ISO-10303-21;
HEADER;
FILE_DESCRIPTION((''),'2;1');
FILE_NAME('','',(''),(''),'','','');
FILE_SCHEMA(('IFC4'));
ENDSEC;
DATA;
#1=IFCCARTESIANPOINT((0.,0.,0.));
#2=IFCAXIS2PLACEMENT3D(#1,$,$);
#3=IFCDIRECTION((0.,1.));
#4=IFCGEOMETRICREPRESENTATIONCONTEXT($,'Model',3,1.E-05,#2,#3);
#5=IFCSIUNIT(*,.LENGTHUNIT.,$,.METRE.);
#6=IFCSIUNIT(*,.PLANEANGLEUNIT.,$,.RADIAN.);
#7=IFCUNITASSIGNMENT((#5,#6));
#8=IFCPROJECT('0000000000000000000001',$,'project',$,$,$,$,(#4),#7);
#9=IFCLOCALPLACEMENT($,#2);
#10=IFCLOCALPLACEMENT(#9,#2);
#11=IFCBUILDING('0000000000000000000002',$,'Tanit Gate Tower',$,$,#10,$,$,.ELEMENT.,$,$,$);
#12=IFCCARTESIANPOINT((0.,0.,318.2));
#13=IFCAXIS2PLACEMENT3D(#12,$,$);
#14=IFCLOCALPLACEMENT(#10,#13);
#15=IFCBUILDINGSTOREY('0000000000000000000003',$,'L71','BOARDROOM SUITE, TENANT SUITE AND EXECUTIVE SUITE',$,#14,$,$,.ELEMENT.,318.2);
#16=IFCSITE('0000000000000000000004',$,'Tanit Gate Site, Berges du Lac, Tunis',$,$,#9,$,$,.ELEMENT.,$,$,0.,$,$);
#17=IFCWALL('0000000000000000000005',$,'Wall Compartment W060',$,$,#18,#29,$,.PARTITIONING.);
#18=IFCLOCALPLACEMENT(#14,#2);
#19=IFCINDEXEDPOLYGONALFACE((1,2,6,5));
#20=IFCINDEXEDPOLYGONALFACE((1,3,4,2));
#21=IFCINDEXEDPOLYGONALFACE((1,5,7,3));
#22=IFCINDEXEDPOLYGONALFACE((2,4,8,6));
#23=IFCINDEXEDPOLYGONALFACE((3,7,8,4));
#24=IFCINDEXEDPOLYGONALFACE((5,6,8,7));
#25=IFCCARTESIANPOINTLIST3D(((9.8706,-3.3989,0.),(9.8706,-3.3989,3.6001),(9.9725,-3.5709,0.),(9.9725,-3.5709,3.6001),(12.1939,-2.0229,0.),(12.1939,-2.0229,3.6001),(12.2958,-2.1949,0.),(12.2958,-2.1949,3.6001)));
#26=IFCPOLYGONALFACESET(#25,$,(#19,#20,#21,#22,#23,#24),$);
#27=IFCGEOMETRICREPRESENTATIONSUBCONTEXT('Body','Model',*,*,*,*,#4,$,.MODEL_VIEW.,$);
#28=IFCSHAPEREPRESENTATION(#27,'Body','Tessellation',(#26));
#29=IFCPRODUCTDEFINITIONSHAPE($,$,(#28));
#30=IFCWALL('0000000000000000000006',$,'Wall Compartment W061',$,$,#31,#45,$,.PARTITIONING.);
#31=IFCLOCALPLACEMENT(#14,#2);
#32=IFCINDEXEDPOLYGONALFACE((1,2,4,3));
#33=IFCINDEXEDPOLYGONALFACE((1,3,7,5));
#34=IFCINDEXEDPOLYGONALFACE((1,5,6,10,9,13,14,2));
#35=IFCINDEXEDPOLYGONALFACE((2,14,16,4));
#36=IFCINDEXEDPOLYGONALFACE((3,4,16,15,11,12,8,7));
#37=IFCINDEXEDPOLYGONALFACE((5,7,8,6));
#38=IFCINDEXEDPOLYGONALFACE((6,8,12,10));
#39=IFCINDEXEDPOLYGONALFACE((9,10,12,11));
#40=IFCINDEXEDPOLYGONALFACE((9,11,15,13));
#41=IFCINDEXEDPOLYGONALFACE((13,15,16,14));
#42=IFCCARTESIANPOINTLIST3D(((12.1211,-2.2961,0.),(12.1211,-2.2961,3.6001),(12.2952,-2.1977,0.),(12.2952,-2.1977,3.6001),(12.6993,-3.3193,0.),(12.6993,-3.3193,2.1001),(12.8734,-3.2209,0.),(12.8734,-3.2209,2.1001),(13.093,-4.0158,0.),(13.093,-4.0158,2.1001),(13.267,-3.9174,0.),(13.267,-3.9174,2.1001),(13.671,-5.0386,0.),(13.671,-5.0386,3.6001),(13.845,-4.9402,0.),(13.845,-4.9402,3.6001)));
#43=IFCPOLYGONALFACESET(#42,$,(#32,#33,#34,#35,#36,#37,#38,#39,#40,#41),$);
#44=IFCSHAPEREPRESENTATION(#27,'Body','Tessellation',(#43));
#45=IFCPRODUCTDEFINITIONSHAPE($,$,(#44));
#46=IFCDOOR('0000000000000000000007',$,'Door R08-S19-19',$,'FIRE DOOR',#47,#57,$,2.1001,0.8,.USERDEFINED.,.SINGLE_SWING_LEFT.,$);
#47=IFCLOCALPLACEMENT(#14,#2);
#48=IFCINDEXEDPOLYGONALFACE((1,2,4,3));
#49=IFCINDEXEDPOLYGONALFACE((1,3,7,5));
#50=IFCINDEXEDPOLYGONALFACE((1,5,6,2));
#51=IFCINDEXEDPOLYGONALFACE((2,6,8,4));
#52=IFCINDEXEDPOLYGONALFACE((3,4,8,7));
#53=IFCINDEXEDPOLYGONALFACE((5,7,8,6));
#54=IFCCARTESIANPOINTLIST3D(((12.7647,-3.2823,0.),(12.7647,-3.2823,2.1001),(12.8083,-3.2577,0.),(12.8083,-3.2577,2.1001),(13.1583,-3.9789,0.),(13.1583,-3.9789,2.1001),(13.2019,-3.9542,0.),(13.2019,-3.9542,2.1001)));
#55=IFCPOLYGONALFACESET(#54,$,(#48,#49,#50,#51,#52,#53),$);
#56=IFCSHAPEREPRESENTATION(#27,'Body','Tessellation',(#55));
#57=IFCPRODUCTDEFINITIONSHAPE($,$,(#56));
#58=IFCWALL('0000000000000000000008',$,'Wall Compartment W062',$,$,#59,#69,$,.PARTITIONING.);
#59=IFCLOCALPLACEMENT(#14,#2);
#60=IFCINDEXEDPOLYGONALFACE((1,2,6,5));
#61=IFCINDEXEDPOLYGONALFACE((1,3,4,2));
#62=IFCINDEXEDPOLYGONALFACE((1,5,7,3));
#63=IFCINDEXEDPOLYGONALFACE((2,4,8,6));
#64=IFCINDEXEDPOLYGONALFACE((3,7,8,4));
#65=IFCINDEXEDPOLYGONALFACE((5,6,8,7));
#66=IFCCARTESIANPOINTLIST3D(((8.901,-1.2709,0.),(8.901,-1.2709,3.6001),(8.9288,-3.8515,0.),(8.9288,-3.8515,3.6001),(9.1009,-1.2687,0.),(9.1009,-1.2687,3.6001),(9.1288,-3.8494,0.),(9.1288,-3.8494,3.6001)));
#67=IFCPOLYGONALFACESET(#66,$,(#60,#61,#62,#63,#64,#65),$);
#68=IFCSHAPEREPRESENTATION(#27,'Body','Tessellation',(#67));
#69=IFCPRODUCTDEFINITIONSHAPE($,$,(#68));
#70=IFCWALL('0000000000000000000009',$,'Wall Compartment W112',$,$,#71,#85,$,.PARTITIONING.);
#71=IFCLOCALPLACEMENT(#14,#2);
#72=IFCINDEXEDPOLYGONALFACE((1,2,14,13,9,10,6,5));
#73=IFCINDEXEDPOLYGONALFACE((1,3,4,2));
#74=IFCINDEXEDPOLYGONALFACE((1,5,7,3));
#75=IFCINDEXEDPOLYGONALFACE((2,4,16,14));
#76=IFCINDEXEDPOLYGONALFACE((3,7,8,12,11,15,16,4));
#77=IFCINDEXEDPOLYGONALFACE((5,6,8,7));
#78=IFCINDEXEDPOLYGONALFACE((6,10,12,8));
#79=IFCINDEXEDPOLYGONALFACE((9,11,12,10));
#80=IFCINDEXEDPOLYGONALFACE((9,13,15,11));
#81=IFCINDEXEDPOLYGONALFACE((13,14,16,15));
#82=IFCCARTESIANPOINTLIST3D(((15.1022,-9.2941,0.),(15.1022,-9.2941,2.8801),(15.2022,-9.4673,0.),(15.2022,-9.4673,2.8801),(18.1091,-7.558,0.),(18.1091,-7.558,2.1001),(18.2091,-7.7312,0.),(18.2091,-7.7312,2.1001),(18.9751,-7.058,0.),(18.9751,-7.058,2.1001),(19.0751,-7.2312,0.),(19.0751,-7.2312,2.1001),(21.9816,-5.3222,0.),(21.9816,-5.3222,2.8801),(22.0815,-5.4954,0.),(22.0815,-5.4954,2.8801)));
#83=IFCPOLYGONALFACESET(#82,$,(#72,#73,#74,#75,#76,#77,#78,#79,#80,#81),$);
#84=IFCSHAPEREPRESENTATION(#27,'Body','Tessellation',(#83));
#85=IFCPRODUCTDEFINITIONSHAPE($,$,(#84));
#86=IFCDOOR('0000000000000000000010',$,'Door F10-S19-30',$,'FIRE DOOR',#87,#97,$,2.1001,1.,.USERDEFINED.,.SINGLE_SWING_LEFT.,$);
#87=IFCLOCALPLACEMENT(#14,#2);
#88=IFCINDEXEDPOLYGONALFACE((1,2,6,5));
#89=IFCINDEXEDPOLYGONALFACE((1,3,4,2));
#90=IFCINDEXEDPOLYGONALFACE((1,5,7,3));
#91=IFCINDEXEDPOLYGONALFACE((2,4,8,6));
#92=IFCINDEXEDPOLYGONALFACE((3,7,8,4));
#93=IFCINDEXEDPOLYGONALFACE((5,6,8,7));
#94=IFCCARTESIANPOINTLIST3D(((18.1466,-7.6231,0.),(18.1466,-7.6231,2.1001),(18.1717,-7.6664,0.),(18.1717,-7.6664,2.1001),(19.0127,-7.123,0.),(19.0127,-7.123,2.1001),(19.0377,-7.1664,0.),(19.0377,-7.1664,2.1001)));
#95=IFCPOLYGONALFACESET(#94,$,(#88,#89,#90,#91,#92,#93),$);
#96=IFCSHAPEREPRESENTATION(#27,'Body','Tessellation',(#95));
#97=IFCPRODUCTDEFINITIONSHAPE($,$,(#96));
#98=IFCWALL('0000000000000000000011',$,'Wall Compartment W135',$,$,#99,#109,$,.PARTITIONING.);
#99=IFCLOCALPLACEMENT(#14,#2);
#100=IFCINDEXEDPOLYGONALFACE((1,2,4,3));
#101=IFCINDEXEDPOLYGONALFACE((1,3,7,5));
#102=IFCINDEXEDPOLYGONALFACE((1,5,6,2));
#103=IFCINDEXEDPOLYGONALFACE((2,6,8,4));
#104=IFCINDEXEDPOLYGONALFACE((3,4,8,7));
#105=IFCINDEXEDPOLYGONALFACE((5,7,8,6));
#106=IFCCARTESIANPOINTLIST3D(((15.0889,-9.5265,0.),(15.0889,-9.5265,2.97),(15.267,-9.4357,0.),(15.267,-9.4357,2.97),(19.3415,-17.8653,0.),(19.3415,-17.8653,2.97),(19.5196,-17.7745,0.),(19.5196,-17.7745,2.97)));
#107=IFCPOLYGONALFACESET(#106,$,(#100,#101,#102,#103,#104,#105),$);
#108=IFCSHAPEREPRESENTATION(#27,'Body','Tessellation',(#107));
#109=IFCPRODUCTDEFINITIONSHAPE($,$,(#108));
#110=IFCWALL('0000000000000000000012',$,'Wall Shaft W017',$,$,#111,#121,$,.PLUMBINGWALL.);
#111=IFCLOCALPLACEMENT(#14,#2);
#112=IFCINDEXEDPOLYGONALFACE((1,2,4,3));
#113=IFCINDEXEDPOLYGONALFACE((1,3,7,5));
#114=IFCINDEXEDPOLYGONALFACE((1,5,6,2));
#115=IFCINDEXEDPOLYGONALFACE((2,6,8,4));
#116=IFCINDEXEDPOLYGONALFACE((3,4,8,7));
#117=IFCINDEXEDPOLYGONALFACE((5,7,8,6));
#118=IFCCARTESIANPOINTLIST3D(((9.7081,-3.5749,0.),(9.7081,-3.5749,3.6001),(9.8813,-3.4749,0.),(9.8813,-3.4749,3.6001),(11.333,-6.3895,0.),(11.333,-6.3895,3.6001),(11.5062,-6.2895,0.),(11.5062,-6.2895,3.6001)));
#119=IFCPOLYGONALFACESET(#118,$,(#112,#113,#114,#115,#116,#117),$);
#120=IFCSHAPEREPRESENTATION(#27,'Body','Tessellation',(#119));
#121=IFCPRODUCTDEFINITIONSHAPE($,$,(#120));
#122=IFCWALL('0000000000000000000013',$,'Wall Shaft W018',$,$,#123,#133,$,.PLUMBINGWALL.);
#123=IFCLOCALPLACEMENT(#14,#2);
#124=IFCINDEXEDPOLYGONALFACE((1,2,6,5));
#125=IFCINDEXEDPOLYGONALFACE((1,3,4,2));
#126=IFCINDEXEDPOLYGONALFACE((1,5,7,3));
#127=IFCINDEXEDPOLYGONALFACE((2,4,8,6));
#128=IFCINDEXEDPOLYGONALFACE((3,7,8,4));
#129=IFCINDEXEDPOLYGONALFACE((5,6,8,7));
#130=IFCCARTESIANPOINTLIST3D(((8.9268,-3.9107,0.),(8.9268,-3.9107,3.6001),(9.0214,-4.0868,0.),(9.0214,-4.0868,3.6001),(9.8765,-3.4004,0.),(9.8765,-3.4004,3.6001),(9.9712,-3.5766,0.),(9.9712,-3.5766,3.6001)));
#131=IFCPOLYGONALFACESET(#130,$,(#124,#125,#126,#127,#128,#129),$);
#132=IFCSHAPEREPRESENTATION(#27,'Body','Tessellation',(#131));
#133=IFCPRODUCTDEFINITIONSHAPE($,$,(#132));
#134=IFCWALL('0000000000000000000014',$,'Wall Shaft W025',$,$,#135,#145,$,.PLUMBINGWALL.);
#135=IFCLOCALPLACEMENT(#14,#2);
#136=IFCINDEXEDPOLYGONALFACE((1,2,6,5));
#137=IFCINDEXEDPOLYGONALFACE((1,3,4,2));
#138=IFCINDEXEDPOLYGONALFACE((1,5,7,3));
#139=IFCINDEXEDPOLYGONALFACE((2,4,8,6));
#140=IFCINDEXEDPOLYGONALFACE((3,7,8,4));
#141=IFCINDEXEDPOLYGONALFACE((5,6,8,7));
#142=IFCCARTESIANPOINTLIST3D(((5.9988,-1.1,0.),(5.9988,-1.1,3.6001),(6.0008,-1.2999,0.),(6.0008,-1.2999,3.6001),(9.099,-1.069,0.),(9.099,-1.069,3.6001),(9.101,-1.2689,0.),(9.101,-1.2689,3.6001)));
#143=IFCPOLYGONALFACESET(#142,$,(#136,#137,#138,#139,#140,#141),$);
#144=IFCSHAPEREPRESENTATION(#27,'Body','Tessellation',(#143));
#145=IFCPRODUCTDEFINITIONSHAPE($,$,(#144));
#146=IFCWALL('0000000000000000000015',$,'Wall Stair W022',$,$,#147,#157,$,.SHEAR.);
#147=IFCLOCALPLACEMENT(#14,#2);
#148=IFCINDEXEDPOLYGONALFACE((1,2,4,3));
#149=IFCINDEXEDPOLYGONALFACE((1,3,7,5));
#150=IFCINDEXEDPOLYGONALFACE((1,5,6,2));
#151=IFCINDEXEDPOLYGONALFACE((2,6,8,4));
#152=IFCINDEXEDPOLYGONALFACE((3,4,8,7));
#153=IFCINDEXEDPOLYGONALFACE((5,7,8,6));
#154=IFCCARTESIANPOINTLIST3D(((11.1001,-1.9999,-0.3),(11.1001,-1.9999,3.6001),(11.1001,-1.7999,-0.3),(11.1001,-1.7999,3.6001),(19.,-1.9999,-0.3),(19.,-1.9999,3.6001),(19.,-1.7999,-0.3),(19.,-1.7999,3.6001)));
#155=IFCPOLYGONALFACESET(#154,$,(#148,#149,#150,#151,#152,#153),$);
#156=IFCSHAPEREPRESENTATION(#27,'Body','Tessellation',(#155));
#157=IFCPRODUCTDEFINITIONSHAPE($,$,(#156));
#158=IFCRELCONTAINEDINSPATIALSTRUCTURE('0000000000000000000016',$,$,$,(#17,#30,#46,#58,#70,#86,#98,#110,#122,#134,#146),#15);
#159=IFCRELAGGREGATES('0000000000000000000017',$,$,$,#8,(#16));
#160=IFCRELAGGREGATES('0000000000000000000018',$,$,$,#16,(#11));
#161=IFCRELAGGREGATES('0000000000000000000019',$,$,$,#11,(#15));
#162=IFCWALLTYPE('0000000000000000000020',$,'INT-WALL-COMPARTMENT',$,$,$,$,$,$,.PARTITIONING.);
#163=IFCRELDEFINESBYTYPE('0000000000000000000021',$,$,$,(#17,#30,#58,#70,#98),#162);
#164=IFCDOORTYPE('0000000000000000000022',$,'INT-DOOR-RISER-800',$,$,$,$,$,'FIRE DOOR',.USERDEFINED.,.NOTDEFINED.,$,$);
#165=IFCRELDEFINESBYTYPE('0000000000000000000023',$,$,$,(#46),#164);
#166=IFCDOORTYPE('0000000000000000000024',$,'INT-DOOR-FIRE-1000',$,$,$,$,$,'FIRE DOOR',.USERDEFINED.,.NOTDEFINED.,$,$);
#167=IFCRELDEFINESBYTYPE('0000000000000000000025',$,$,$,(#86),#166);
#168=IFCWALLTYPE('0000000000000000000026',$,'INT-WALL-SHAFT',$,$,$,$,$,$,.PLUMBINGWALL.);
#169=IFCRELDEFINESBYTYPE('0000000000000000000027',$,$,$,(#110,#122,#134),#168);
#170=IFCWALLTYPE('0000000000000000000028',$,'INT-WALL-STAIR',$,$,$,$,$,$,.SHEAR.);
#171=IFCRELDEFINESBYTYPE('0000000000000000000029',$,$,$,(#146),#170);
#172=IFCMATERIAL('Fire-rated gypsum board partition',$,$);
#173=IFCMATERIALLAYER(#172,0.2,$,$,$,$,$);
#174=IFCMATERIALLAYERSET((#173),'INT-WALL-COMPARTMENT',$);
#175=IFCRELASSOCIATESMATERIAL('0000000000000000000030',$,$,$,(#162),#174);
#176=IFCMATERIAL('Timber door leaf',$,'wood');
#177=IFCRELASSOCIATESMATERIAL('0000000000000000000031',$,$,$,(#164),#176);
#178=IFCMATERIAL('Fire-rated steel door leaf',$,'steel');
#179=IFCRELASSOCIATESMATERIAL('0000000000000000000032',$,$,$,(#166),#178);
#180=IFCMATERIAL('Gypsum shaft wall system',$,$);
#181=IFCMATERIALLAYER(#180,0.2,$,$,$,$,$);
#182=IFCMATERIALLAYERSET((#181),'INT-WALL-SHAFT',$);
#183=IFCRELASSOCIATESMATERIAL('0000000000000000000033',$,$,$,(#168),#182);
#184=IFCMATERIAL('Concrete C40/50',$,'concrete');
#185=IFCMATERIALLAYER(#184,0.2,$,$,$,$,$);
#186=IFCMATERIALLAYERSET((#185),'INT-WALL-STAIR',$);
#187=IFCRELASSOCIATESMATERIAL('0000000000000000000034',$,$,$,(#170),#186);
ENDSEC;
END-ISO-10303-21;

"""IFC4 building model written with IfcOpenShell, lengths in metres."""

from ifc_helpers import new_model, si_unit, direction, frame, frame_2d, origin, place, context, subcontext, project, spatial, rectangle, extrude, material, layer, layer_set, type_object, element, fill, save


model = new_model("IFC4")

# Units and contexts
model_context = context("Model", 3, precision=1e-05, world=origin(), true_north=direction((0.0, 1.0)))
body_context = subcontext(model_context, "Body", "Model", "MODEL_VIEW")
ifc_project = project(units=[si_unit("LENGTHUNIT", "METRE"), si_unit("PLANEANGLEUNIT", "RADIAN")], contexts=[model_context])

# Site, building, storey
site_placement = place(None, origin())
site = spatial("IfcSite", under=ifc_project, at=site_placement, Name="Tanit Gate Site, Berges du Lac, Tunis", CompositionType="ELEMENT", RefElevation=0.0)
building_placement = place(site_placement, origin())
building = spatial("IfcBuilding", under=site, at=building_placement, Name="Tanit Gate Tower", CompositionType="ELEMENT")
storey_placement = place(building_placement, frame((0.0, 0.0, 318.2)))
storey = spatial("IfcBuildingStorey", under=building, at=storey_placement, Name="L71", Description="BOARDROOM SUITE, TENANT SUITE AND EXECUTIVE SUITE", CompositionType="ELEMENT", Elevation=318.2)

# Wall
ifc_material_1 = material(Name="Fire-rated gypsum board partition")
ifc_layer_1 = layer(ifc_material_1, 0.2)
ifc_layer_set_1 = layer_set([ifc_layer_1], Name="INT-WALL-COMPARTMENT")
wall_type_1 = type_object("IfcWallType", Name="INT-WALL-COMPARTMENT", PredefinedType="PARTITIONING", material=ifc_layer_set_1)
wall_1_placement = place(storey_placement, frame((12.2449, -2.1089, 0.0), z_axis=(0.0, 0.0, 1.0), x_axis=(-0.860415, -0.509594, 0.0)))
element("IfcWall", 1, at=wall_1_placement, inside=storey, type_object=wall_type_1, Name="Wall Compartment W060", PredefinedType="PARTITIONING", context=body_context, shape_type="SweptSolid", body=[
    extrude(rectangle(XDim=2.7002, YDim=0.2, at=frame_2d((1.3501, 0.0))), origin(), (0.0, 0.0, 1.0), 3.6001),
])

# Wall, opening, door
wall_2_placement = place(storey_placement, frame((13.7581, -4.9895, 0.0), z_axis=(0.0, 0.0, 1.0), x_axis=(-0.491993, 0.870599, 0.0)))
wall_2 = element("IfcWall", 2, at=wall_2_placement, inside=storey, type_object=wall_type_1, Name="Wall Compartment W061", PredefinedType="PARTITIONING", context=body_context, shape_type="SweptSolid", body=[
    extrude(rectangle(XDim=3.1501, YDim=0.2, at=frame_2d((1.5752, 0.0))), origin(), (0.0, 0.0, 1.0), 3.6001),
])
opening_1_placement = place(wall_2_placement, frame((1.175, 0.0, 0.0)))
opening_1 = element("IfcOpeningElement", 3, at=opening_1_placement, cuts=wall_2, PredefinedType="OPENING", context=body_context, shape_type="SweptSolid", body=[
    extrude(rectangle(XDim=0.8, YDim=2.1001, at=frame_2d((0.3999, 1.05))), frame((0.0, 0.1099, 0.0), z_axis=(0.0, -1.0, 0.0), x_axis=(1.0, 0.0, 0.0)), (0.0, 0.0, 1.0), 0.22),
])
ifc_material_2 = material(Name="Timber door leaf", Category="wood")
door_type_1 = type_object("IfcDoorType", Name="INT-DOOR-RISER-800", ElementType="FIRE DOOR", OperationType="NOTDEFINED", PredefinedType="USERDEFINED", material=ifc_material_2)
door_1_placement = place(opening_1_placement, origin())
door_1 = element("IfcDoor", 4, at=door_1_placement, inside=storey, type_object=door_type_1, Name="Door R08-S19-19", ObjectType="FIRE DOOR", OperationType="SINGLE_SWING_LEFT", OverallHeight=2.1001, OverallWidth=0.8, PredefinedType="USERDEFINED", context=body_context, shape_type="SweptSolid", body=[
    extrude(rectangle(XDim=0.8, YDim=2.1001, at=frame_2d((0.3999, 1.05))), frame((0.0, 0.0249, 0.0), z_axis=(0.0, -1.0, 0.0), x_axis=(1.0, 0.0, 0.0)), (0.0, 0.0, 1.0), 0.05),
])
fill(opening_1, door_1)

# Wall
wall_3_placement = place(storey_placement, frame((9.0288, -3.8506, 0.0), z_axis=(0.0, 0.0, 1.0), x_axis=(-0.010785, 0.999942, 0.0)))
element("IfcWall", 5, at=wall_3_placement, inside=storey, type_object=wall_type_1, Name="Wall Compartment W062", PredefinedType="PARTITIONING", context=body_context, shape_type="SweptSolid", body=[
    extrude(rectangle(XDim=2.5808, YDim=0.2, at=frame_2d((1.2905, 0.0))), origin(), (0.0, 0.0, 1.0), 3.6001),
])

# Wall, opening, door
wall_4_placement = place(storey_placement, frame((15.1523, -9.3806, 0.0), z_axis=(0.0, 0.0, 1.0), x_axis=(0.86602, 0.50001, 0.0)))
wall_4 = element("IfcWall", 6, at=wall_4_placement, inside=storey, type_object=wall_type_1, Name="Wall Compartment W112", PredefinedType="PARTITIONING", context=body_context, shape_type="SweptSolid", body=[
    extrude(rectangle(XDim=7.9436, YDim=0.2, at=frame_2d((3.9717, 0.0))), origin(), (0.0, 0.0, 1.0), 2.8801),
])
opening_2_placement = place(wall_4_placement, frame((3.4719, 0.0, 0.0)))
opening_2 = element("IfcOpeningElement", 7, at=opening_2_placement, cuts=wall_4, PredefinedType="OPENING", context=body_context, shape_type="SweptSolid", body=[
    extrude(rectangle(XDim=1.0, YDim=2.1001, at=frame_2d((0.5, 1.05))), frame((0.0, 0.1099, 0.0), z_axis=(0.0, -1.0, 0.0), x_axis=(1.0, 0.0, 0.0)), (0.0, 0.0, 1.0), 0.22),
])
ifc_material_3 = material(Name="Fire-rated steel door leaf", Category="steel")
door_type_2 = type_object("IfcDoorType", Name="INT-DOOR-FIRE-1000", ElementType="FIRE DOOR", OperationType="NOTDEFINED", PredefinedType="USERDEFINED", material=ifc_material_3)
door_2_placement = place(opening_2_placement, origin())
door_2 = element("IfcDoor", 8, at=door_2_placement, inside=storey, type_object=door_type_2, Name="Door F10-S19-30", ObjectType="FIRE DOOR", OperationType="SINGLE_SWING_LEFT", OverallHeight=2.1001, OverallWidth=1.0, PredefinedType="USERDEFINED", context=body_context, shape_type="SweptSolid", body=[
    extrude(rectangle(XDim=1.0, YDim=2.1001, at=frame_2d((0.5, 1.05))), frame((0.0, 0.0249, 0.0), z_axis=(0.0, -1.0, 0.0), x_axis=(1.0, 0.0, 0.0)), (0.0, 0.0, 1.0), 0.05),
])
fill(opening_2, door_2)

# Walls
wall_5_placement = place(storey_placement, frame((15.178, -9.4812, 0.0), z_axis=(0.0, 0.0, 1.0), x_axis=(0.454314, -0.890841, 0.0)))
element("IfcWall", 9, at=wall_5_placement, inside=storey, type_object=wall_type_1, Name="Wall Compartment W135", PredefinedType="PARTITIONING", context=body_context, shape_type="SweptSolid", body=[
    extrude(rectangle(XDim=9.3606, YDim=0.2, at=frame_2d((4.6802, 0.0))), origin(), (0.0, 0.0, 1.0), 2.97),
])
ifc_material_4 = material(Name="Gypsum shaft wall system")
ifc_layer_2 = layer(ifc_material_4, 0.2)
ifc_layer_set_2 = layer_set([ifc_layer_2], Name="INT-WALL-SHAFT")
wall_type_2 = type_object("IfcWallType", Name="INT-WALL-SHAFT", PredefinedType="PLUMBINGWALL", material=ifc_layer_set_2)
wall_6_placement = place(storey_placement, frame((9.7947, -3.5249, 0.0), z_axis=(0.0, 0.0, 1.0), x_axis=(0.499985, -0.866034, 0.0)))
element("IfcWall", 10, at=wall_6_placement, inside=storey, type_object=wall_type_2, Name="Wall Shaft W017", PredefinedType="PLUMBINGWALL", context=body_context, shape_type="SweptSolid", body=[
    extrude(rectangle(XDim=3.25, YDim=0.2, at=frame_2d((1.625, 0.0))), origin(), (0.0, 0.0, 1.0), 3.6001),
])
wall_7_placement = place(storey_placement, frame((8.9741, -3.9988, 0.0), z_axis=(0.0, 0.0, 1.0), x_axis=(0.880907, 0.473289, 0.0)))
element("IfcWall", 11, at=wall_7_placement, inside=storey, type_object=wall_type_2, Name="Wall Shaft W018", PredefinedType="PLUMBINGWALL", context=body_context, shape_type="SweptSolid", body=[
    extrude(rectangle(XDim=1.0781, YDim=0.2, at=frame_2d((0.5391, 0.0))), origin(), (0.0, 0.0, 1.0), 3.6001),
])
wall_8_placement = place(storey_placement, frame((9.1001, -1.1689, 0.0), z_axis=(0.0, 0.0, 1.0), x_axis=(-0.99995, -0.010001, 0.0)))
element("IfcWall", 12, at=wall_8_placement, inside=storey, type_object=wall_type_2, Name="Wall Shaft W025", PredefinedType="PLUMBINGWALL", context=body_context, shape_type="SweptSolid", body=[
    extrude(rectangle(XDim=3.1003, YDim=0.2, at=frame_2d((1.5503, 0.0))), origin(), (0.0, 0.0, 1.0), 3.6001),
])
ifc_material_5 = material(Name="Concrete C40/50", Category="concrete")
ifc_layer_3 = layer(ifc_material_5, 0.2)
ifc_layer_set_3 = layer_set([ifc_layer_3], Name="INT-WALL-STAIR")
wall_type_3 = type_object("IfcWallType", Name="INT-WALL-STAIR", PredefinedType="SHEAR", material=ifc_layer_set_3)
wall_9_placement = place(storey_placement, frame((11.1001, -1.8999, -0.3), z_axis=(0.0, 0.0, 1.0), x_axis=(1.0, 0.0, 0.0)))
element("IfcWall", 13, at=wall_9_placement, inside=storey, type_object=wall_type_3, Name="Wall Stair W022", PredefinedType="SHEAR", context=body_context, shape_type="SweptSolid", body=[
    extrude(rectangle(XDim=7.8999, YDim=0.2, at=frame_2d((3.95, 0.0))), origin(), (0.0, 0.0, 1.0), 3.9001),
])

save(model, "model.ifc")
